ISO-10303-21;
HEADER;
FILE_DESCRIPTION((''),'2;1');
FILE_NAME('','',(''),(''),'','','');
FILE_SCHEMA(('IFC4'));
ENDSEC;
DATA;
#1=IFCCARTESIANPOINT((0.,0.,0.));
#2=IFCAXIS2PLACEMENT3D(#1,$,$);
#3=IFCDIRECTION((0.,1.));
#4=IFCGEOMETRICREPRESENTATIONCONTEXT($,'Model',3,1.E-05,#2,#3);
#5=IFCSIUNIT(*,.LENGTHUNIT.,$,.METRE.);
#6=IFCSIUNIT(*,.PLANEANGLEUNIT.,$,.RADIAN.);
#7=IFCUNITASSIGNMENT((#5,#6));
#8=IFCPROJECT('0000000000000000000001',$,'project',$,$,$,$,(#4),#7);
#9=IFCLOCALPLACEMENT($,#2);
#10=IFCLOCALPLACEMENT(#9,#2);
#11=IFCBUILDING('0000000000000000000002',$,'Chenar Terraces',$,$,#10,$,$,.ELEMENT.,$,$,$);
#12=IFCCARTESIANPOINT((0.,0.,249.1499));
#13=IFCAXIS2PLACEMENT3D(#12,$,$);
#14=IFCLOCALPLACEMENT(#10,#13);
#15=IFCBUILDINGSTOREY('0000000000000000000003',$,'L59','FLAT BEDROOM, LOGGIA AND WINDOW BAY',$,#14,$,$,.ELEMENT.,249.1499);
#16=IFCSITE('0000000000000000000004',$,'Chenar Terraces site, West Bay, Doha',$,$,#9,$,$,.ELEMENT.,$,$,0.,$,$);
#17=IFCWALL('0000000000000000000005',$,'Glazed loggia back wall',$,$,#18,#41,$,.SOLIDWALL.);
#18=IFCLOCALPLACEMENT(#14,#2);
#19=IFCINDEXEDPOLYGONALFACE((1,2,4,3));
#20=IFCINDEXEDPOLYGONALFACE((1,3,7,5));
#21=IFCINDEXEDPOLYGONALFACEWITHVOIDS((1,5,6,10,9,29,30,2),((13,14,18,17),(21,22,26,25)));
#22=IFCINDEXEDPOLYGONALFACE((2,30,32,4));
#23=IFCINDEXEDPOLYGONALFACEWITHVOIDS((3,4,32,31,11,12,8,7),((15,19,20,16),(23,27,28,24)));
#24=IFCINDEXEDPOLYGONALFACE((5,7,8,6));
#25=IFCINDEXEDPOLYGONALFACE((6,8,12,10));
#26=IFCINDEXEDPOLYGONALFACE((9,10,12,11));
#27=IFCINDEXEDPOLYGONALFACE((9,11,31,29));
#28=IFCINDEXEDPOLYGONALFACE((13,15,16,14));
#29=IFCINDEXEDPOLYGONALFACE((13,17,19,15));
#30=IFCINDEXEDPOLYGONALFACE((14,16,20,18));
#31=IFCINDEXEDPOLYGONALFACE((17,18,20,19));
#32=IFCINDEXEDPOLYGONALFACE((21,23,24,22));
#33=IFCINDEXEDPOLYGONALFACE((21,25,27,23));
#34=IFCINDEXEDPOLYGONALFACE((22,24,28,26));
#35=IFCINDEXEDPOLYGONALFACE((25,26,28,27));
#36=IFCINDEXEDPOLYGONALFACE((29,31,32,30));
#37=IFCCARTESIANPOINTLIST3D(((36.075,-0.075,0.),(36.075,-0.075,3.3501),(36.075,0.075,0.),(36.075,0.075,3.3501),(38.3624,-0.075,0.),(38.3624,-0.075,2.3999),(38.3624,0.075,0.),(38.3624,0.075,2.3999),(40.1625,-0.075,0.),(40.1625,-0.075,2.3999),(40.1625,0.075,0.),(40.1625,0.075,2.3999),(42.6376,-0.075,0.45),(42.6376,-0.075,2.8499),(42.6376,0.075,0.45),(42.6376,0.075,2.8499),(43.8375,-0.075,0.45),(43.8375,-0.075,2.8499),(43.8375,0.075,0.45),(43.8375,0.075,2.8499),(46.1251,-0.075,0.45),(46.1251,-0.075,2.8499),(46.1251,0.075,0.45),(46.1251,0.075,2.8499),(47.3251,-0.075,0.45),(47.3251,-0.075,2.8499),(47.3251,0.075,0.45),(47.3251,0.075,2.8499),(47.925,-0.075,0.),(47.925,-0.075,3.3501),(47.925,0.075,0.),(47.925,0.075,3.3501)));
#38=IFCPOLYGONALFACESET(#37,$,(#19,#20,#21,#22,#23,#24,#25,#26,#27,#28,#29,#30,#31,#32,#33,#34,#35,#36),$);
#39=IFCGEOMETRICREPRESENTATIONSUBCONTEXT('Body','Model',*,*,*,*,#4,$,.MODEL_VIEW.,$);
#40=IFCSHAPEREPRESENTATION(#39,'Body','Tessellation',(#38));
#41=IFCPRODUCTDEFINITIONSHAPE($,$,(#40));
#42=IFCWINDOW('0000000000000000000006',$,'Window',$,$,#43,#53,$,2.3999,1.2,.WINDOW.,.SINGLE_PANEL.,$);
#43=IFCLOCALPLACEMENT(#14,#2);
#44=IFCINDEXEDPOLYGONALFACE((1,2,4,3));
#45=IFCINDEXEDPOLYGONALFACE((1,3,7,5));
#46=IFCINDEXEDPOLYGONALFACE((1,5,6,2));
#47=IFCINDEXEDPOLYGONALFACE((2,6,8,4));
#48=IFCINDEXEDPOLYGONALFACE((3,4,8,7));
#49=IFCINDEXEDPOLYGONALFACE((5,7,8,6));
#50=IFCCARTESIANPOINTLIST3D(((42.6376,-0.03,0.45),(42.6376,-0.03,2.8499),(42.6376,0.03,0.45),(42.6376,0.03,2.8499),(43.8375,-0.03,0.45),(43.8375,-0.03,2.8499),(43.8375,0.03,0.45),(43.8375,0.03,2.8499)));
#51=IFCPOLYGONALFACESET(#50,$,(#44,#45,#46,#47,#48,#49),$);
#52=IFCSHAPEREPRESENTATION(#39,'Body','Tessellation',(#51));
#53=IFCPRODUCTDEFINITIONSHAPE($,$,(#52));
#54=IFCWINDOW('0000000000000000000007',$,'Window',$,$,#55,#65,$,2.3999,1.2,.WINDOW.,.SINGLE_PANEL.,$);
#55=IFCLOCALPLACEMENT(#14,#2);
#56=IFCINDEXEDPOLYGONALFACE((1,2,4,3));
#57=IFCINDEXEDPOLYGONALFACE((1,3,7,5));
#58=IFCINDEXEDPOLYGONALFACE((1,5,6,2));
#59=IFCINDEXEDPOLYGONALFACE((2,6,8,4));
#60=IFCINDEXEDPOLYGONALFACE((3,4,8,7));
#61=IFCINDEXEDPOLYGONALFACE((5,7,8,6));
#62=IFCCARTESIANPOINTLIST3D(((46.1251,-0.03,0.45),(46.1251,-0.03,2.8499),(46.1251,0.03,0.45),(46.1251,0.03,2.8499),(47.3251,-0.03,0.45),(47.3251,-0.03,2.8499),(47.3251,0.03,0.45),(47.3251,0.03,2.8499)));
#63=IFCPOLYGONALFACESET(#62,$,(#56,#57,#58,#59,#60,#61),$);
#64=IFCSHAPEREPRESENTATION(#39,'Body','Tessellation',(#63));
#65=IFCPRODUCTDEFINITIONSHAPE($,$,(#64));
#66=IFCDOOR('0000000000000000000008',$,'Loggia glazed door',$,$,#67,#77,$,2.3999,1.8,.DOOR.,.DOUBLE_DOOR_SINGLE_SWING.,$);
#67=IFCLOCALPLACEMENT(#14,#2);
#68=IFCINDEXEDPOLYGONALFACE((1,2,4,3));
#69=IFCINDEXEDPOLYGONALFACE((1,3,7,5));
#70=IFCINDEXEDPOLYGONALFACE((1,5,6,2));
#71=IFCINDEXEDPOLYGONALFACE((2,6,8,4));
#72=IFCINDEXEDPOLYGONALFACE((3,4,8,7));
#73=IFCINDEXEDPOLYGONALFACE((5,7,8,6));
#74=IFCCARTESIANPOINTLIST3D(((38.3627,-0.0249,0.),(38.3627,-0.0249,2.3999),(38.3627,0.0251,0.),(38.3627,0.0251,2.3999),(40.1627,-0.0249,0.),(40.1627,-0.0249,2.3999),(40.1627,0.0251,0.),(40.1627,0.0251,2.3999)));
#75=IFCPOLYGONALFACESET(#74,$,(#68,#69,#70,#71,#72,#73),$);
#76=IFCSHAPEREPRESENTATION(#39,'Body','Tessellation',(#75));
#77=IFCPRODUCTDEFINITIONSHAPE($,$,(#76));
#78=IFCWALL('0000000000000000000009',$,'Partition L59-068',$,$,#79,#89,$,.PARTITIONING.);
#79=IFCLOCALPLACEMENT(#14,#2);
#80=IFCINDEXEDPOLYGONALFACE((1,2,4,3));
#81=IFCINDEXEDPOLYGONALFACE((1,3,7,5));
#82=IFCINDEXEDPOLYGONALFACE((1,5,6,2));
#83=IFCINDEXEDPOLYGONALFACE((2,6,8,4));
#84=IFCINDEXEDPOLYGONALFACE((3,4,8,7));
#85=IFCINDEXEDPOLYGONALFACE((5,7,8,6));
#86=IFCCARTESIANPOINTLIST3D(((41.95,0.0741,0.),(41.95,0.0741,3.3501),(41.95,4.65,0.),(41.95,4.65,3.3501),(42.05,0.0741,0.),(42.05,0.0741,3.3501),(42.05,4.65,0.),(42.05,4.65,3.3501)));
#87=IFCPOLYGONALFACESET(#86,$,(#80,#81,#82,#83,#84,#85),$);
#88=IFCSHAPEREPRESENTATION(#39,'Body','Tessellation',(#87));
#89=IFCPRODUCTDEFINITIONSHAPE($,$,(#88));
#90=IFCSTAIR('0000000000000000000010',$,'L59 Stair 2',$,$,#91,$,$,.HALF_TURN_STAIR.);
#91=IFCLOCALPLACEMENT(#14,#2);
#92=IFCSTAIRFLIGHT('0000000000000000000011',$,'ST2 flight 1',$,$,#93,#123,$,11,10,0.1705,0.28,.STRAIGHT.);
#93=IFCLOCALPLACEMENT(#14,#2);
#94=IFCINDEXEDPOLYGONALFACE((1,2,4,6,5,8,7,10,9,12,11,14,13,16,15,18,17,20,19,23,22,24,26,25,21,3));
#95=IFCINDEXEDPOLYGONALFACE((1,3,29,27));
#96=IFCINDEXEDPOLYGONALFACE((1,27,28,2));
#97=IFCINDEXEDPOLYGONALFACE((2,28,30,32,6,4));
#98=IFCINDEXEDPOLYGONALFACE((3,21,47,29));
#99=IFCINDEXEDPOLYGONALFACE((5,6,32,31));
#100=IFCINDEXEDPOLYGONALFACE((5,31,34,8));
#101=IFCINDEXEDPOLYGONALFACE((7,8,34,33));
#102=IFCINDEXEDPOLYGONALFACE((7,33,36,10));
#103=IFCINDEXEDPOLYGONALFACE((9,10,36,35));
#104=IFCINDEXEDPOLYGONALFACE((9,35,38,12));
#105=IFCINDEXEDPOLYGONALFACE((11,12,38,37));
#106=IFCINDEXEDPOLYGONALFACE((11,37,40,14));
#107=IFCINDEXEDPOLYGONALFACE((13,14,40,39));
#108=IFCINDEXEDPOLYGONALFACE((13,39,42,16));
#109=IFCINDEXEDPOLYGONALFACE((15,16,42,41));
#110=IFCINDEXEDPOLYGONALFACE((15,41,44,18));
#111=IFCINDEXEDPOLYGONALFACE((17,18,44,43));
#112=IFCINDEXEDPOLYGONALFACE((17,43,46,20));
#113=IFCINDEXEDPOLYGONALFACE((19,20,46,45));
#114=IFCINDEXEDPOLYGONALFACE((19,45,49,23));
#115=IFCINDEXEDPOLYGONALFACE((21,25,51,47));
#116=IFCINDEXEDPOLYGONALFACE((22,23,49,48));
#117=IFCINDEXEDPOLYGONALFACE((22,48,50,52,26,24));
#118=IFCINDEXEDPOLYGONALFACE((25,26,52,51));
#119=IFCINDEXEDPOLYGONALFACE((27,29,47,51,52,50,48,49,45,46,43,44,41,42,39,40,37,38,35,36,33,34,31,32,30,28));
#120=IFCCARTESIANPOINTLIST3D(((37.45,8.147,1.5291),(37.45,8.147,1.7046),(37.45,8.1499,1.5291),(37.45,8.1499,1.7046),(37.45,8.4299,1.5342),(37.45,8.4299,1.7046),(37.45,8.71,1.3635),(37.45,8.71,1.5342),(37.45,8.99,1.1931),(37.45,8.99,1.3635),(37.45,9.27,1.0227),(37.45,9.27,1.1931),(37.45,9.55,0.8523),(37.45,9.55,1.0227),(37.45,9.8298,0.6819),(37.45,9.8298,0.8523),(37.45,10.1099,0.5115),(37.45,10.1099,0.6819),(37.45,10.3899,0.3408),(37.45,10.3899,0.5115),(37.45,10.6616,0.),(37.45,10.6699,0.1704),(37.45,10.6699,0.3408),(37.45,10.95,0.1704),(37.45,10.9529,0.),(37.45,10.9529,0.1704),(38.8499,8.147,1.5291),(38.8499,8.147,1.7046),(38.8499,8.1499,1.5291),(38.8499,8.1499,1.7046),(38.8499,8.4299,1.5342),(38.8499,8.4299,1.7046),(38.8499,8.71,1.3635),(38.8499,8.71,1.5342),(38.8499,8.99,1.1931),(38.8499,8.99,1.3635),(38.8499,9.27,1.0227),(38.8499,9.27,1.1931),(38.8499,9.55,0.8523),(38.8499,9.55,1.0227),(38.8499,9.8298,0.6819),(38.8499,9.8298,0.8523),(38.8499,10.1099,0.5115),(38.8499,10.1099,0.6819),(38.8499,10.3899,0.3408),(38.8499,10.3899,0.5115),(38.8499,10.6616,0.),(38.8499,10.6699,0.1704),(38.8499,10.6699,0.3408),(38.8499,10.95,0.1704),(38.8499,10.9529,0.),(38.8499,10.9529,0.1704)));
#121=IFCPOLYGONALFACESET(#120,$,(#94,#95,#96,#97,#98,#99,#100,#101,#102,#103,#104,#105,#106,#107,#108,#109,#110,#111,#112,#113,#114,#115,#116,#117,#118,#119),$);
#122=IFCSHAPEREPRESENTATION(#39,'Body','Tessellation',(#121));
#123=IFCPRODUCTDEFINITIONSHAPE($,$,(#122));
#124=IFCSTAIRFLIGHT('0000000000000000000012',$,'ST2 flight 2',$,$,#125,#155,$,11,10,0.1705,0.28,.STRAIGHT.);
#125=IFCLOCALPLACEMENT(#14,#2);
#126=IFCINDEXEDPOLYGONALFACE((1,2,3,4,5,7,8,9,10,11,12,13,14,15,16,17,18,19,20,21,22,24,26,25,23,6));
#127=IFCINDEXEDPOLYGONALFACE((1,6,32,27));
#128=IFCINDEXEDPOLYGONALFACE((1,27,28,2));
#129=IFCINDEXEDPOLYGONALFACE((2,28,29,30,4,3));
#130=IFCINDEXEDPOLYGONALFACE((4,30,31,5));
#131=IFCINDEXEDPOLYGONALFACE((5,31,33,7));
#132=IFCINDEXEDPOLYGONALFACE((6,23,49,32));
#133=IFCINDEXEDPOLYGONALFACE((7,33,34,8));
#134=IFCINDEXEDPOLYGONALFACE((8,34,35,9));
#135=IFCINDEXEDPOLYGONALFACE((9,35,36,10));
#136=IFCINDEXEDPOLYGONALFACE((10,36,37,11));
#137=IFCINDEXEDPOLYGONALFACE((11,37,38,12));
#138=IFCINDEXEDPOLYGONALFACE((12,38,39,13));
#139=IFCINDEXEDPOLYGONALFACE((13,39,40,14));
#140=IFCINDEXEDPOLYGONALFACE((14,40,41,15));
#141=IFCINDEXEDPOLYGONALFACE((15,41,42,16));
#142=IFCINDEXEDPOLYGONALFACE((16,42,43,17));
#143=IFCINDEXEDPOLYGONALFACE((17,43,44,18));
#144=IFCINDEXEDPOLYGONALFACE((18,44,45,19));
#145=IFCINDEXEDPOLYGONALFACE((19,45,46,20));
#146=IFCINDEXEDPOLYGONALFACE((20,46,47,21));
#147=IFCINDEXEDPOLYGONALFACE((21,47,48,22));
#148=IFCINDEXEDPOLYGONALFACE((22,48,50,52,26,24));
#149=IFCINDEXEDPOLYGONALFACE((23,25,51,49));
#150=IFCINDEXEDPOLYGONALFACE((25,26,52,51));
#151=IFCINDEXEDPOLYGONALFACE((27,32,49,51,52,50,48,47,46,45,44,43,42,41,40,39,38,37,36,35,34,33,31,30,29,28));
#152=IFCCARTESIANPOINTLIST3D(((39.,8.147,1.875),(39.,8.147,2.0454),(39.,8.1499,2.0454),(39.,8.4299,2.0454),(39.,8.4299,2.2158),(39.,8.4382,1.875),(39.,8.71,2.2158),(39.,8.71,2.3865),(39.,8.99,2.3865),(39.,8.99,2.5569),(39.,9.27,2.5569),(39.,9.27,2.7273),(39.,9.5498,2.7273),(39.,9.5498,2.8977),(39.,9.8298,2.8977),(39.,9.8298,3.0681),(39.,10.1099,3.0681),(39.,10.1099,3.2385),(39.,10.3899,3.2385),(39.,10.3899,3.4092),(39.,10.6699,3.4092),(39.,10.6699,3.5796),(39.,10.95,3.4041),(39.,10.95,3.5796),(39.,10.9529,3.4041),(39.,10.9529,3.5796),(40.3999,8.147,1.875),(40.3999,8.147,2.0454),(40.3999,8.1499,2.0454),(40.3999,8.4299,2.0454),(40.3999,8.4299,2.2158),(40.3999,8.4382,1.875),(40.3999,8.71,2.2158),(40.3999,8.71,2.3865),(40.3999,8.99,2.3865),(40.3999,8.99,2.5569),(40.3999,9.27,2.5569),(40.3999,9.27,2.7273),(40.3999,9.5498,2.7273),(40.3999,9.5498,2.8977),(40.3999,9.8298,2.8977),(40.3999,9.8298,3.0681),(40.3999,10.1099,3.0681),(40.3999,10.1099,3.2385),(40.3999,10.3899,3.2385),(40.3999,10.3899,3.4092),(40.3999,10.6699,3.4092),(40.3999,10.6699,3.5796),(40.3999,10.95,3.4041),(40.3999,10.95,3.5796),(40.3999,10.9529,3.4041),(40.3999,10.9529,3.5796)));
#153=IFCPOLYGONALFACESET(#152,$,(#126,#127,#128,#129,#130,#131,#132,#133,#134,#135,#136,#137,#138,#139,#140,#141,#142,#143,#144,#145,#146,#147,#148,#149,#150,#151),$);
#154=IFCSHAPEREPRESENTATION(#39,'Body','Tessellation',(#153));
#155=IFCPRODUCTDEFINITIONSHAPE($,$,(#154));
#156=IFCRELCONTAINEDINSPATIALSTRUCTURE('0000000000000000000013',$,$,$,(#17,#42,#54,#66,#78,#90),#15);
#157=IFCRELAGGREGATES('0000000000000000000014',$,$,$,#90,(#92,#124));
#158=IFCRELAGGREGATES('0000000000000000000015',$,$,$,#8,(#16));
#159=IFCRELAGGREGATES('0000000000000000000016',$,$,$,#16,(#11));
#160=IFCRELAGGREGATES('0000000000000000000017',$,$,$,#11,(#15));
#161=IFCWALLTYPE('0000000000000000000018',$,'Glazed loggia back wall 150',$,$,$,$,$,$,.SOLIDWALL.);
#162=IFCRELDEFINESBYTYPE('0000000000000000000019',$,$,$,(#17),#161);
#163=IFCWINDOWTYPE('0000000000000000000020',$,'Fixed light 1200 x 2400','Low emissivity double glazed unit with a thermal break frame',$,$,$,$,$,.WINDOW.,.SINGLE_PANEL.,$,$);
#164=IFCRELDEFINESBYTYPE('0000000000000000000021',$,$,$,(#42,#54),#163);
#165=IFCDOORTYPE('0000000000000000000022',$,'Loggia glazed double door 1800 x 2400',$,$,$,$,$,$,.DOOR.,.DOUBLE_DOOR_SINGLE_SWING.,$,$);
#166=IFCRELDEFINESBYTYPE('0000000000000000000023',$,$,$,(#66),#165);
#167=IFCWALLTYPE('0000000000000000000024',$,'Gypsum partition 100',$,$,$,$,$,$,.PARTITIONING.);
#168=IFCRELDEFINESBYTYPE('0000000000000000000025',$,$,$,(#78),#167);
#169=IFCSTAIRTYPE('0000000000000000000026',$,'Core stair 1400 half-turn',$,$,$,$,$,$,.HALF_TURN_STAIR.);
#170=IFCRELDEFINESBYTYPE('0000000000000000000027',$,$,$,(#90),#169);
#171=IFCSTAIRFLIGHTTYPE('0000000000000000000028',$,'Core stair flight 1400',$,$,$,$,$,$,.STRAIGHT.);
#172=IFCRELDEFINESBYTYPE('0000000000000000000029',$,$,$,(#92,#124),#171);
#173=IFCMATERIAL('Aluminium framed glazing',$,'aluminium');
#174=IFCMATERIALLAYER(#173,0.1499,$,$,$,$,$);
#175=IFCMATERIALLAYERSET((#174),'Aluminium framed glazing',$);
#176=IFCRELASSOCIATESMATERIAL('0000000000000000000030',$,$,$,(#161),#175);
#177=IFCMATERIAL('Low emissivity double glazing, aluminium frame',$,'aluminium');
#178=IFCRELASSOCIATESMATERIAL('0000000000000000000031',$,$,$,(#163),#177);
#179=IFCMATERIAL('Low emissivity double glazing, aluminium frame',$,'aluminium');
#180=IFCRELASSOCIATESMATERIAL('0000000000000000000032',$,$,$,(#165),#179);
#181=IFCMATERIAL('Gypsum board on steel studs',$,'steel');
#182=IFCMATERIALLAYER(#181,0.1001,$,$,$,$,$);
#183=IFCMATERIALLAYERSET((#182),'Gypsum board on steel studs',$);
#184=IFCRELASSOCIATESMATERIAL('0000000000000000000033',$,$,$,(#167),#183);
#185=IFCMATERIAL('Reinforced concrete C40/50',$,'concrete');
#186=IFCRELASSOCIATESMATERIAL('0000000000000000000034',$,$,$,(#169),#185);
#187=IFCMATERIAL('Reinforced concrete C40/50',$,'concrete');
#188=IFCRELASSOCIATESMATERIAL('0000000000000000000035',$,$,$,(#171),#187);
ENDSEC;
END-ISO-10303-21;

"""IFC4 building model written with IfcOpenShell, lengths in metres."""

from ifc_helpers import new_model, si_unit, direction, frame, frame_2d, origin, place, context, subcontext, project, spatial, polyline, rectangle, outline, extrude, material, layer, layer_set, type_object, element, fill, aggregate, save


model = new_model("IFC4")

# Units and contexts
model_context = context("Model", 3, precision=1e-05, world=origin(), true_north=direction((0.0, 1.0)))
body_context = subcontext(model_context, "Body", "Model", "MODEL_VIEW")
ifc_project = project(units=[si_unit("LENGTHUNIT", "METRE"), si_unit("PLANEANGLEUNIT", "RADIAN")], contexts=[model_context])

# Site, building, storey
site_placement = place(None, origin())
site = spatial("IfcSite", under=ifc_project, at=site_placement, Name="Chenar Terraces site, West Bay, Doha", CompositionType="ELEMENT", RefElevation=0.0)
building_placement = place(site_placement, origin())
building = spatial("IfcBuilding", under=site, at=building_placement, Name="Chenar Terraces", CompositionType="ELEMENT")
storey_placement = place(building_placement, frame((0.0, 0.0, 249.1499)))
storey = spatial("IfcBuildingStorey", under=building, at=storey_placement, Name="L59", Description="FLAT BEDROOM, LOGGIA AND WINDOW BAY", CompositionType="ELEMENT", Elevation=249.1499)

# Wall, openings, windows, door
ifc_material_1 = material(Name="Aluminium framed glazing", Category="aluminium")
ifc_layer_1 = layer(ifc_material_1, 0.1499)
ifc_layer_set_1 = layer_set([ifc_layer_1], Name="Aluminium framed glazing")
wall_type_1 = type_object("IfcWallType", Name="Glazed loggia back wall 150", PredefinedType="SOLIDWALL", material=ifc_layer_set_1)
wall_1_placement = place(storey_placement, frame((36.075, 0.0, 0.0), z_axis=(0.0, 0.0, 1.0), x_axis=(1.0, 0.0, 0.0)))
wall_1 = element("IfcWall", 1, at=wall_1_placement, inside=storey, type_object=wall_type_1, Name="Glazed loggia back wall", PredefinedType="SOLIDWALL", context=body_context, shape_type="SweptSolid", body=[
    extrude(rectangle(XDim=11.8501, YDim=0.1499, at=frame_2d((5.925, 0.0))), origin(), (0.0, 0.0, 1.0), 3.3501),
])
opening_1_placement = place(wall_1_placement, frame((2.2876, 0.0, 0.0)))
opening_1 = element("IfcOpeningElement", 2, at=opening_1_placement, cuts=wall_1, PredefinedType="OPENING", context=body_context, shape_type="SweptSolid", body=[
    extrude(rectangle(XDim=1.8, YDim=2.3999, at=frame_2d((0.8999, 1.2))), frame((0.0, 0.085, 0.0), z_axis=(0.0, -1.0, 0.0), x_axis=(1.0, 0.0, 0.0)), (0.0, 0.0, 1.0), 0.1699),
])
opening_2_placement = place(wall_1_placement, frame((6.5625, 0.0, 0.45)))
opening_2 = element("IfcOpeningElement", 3, at=opening_2_placement, cuts=wall_1, PredefinedType="OPENING", context=body_context, shape_type="SweptSolid", body=[
    extrude(rectangle(XDim=1.2, YDim=2.3999, at=frame_2d((0.6001, 1.2))), frame((0.0, 0.085, 0.0), z_axis=(0.0, -1.0, 0.0), x_axis=(1.0, 0.0, 0.0)), (0.0, 0.0, 1.0), 0.1699),
])
opening_3_placement = place(wall_1_placement, frame((10.05, 0.0, 0.45)))
opening_3 = element("IfcOpeningElement", 4, at=opening_3_placement, cuts=wall_1, PredefinedType="OPENING", context=body_context, shape_type="SweptSolid", body=[
    extrude(rectangle(XDim=1.2, YDim=2.3999, at=frame_2d((0.6001, 1.2))), frame((0.0, 0.085, 0.0), z_axis=(0.0, -1.0, 0.0), x_axis=(1.0, 0.0, 0.0)), (0.0, 0.0, 1.0), 0.1699),
])
ifc_material_2 = material(Name="Low emissivity double glazing, aluminium frame", Category="aluminium")
window_type = type_object("IfcWindowType", Name="Fixed light 1200 x 2400", Description="Low emissivity double glazed unit with a thermal break frame", PartitioningType="SINGLE_PANEL", PredefinedType="WINDOW", material=ifc_material_2)
window_1_placement = place(opening_2_placement, origin())
window_1 = element("IfcWindow", 5, at=window_1_placement, inside=storey, type_object=window_type, Name="Window", OverallHeight=2.3999, OverallWidth=1.2, PartitioningType="SINGLE_PANEL", PredefinedType="WINDOW", context=body_context, shape_type="SweptSolid", body=[
    extrude(rectangle(XDim=1.2, YDim=2.3999, at=frame_2d((0.6001, 1.2))), frame((0.0, 0.03, 0.0), z_axis=(0.0, -1.0, 0.0), x_axis=(1.0, 0.0, 0.0)), (0.0, 0.0, 1.0), 0.0601),
])
fill(opening_2, window_1)
window_2_placement = place(opening_3_placement, origin())
window_2 = element("IfcWindow", 6, at=window_2_placement, inside=storey, type_object=window_type, Name="Window", OverallHeight=2.3999, OverallWidth=1.2, PartitioningType="SINGLE_PANEL", PredefinedType="WINDOW", context=body_context, shape_type="SweptSolid", body=[
    extrude(rectangle(XDim=1.2, YDim=2.3999, at=frame_2d((0.6001, 1.2))), frame((0.0, 0.03, 0.0), z_axis=(0.0, -1.0, 0.0), x_axis=(1.0, 0.0, 0.0)), (0.0, 0.0, 1.0), 0.0601),
])
fill(opening_3, window_2)
ifc_material_3 = material(Name="Low emissivity double glazing, aluminium frame", Category="aluminium")
door_type_1 = type_object("IfcDoorType", Name="Loggia glazed double door 1800 x 2400", OperationType="DOUBLE_DOOR_SINGLE_SWING", PredefinedType="DOOR", material=ifc_material_3)
door_1_placement = place(opening_1_placement, frame((1.8, 0.0, 0.0), z_axis=(0.0, 0.0, 1.0), x_axis=(-1.0, 0.0, 0.0)))
door_1 = element("IfcDoor", 7, at=door_1_placement, inside=storey, type_object=door_type_1, Name="Loggia glazed door", OperationType="DOUBLE_DOOR_SINGLE_SWING", OverallHeight=2.3999, OverallWidth=1.8, PredefinedType="DOOR", context=body_context, shape_type="SweptSolid", body=[
    extrude(rectangle(XDim=1.8, YDim=2.3999, at=frame_2d((0.8999, 1.2))), frame((0.0, 0.0249, 0.0), z_axis=(0.0, -1.0, 0.0), x_axis=(1.0, 0.0, 0.0)), (0.0, 0.0, 1.0), 0.05),
])
fill(opening_1, door_1)

# Wall
ifc_material_4 = material(Name="Gypsum board on steel studs", Category="steel")
ifc_layer_2 = layer(ifc_material_4, 0.1001)
ifc_layer_set_2 = layer_set([ifc_layer_2], Name="Gypsum board on steel studs")
wall_type_2 = type_object("IfcWallType", Name="Gypsum partition 100", PredefinedType="PARTITIONING", material=ifc_layer_set_2)
wall_2_placement = place(storey_placement, frame((42.0, 0.074, 0.0), z_axis=(0.0, 0.0, 1.0), x_axis=(0.0, 1.0, 0.0)))
element("IfcWall", 8, at=wall_2_placement, inside=storey, type_object=wall_type_2, Name="Partition L59-068", PredefinedType="PARTITIONING", context=body_context, shape_type="SweptSolid", body=[
    extrude(rectangle(XDim=4.5759, YDim=0.1001, at=frame_2d((2.2881, 0.0))), origin(), (0.0, 0.0, 1.0), 3.3501),
])

# Stair, stair flights
ifc_material_5 = material(Name="Reinforced concrete C40/50", Category="concrete")
stair_type = type_object("IfcStairType", Name="Core stair 1400 half-turn", PredefinedType="HALF_TURN_STAIR", material=ifc_material_5)
stair_placement = place(storey_placement, origin())
stair = element("IfcStair", 9, at=stair_placement, inside=storey, type_object=stair_type, Name="L59 Stair 2", PredefinedType="HALF_TURN_STAIR")
ifc_material_6 = material(Name="Reinforced concrete C40/50", Category="concrete")
stair_flight_type = type_object("IfcStairFlightType", Name="Core stair flight 1400", PredefinedType="STRAIGHT", material=ifc_material_6)
stair_flight_1_placement = place(storey_placement, frame((38.1499, 10.95, 0.0), z_axis=(0.0, 0.0, 1.0), x_axis=(0.0, -1.0, 0.0)))
stair_flight_1 = element("IfcStairFlight", 10, at=stair_flight_1_placement, type_object=stair_flight_type, Name="ST2 flight 1", NumberOfRisers=11, NumberOfTreads=10, PredefinedType="STRAIGHT", RiserHeight=0.1705, TreadLength=0.28, context=body_context, shape_type="SweptSolid", body=[
    extrude(outline(polyline([(-0.0029, 0.0), (-0.0029, 0.1704), (0.0, 0.1704), (0.28, 0.1704), (0.28, 0.3408), (0.5601, 0.3408), (0.5601, 0.5115), (0.8401, 0.5115), (0.8401, 0.6819), (1.1201, 0.6819), (1.1201, 0.8523), (1.3999, 0.8523), (1.3999, 1.0227), (1.6799, 1.0227), (1.6799, 1.1931), (1.96, 1.1931), (1.96, 1.3635), (2.24, 1.3635), (2.24, 1.5342), (2.52, 1.5342), (2.52, 1.7046), (2.8, 1.7046), (2.803, 1.7046), (2.803, 1.5291), (2.8, 1.5291), (0.2883, 0.0), (-0.0029, 0.0)])), frame((0.0, 0.7, 0.0), z_axis=(0.0, -1.0, 0.0), x_axis=(1.0, 0.0, 0.0)), (0.0, 0.0, 1.0), 1.3999),
])
stair_flight_2_placement = place(storey_placement, frame((39.7, 8.1499, 1.875), z_axis=(0.0, 0.0, 1.0), x_axis=(0.0, 1.0, 0.0)))
stair_flight_2 = element("IfcStairFlight", 11, at=stair_flight_2_placement, type_object=stair_flight_type, Name="ST2 flight 2", NumberOfRisers=11, NumberOfTreads=10, PredefinedType="STRAIGHT", RiserHeight=0.1705, TreadLength=0.28, context=body_context, shape_type="SweptSolid", body=[
    extrude(outline(polyline([(-0.0029, 0.0), (-0.0029, 0.1704), (0.0, 0.1704), (0.28, 0.1704), (0.28, 0.3408), (0.5601, 0.3408), (0.5601, 0.5115), (0.8401, 0.5115), (0.8401, 0.6819), (1.1201, 0.6819), (1.1201, 0.8523), (1.3999, 0.8523), (1.3999, 1.0227), (1.6799, 1.0227), (1.6799, 1.1931), (1.96, 1.1931), (1.96, 1.3635), (2.24, 1.3635), (2.24, 1.5342), (2.52, 1.5342), (2.52, 1.7046), (2.8, 1.7046), (2.803, 1.7046), (2.803, 1.5291), (2.8, 1.5291), (0.2883, 0.0), (-0.0029, 0.0)])), frame((0.0, 0.7, 0.0), z_axis=(0.0, -1.0, 0.0), x_axis=(1.0, 0.0, 0.0)), (0.0, 0.0, 1.0), 1.3999),
])
aggregate(stair, [stair_flight_1, stair_flight_2])

save(model, "model.ifc")
